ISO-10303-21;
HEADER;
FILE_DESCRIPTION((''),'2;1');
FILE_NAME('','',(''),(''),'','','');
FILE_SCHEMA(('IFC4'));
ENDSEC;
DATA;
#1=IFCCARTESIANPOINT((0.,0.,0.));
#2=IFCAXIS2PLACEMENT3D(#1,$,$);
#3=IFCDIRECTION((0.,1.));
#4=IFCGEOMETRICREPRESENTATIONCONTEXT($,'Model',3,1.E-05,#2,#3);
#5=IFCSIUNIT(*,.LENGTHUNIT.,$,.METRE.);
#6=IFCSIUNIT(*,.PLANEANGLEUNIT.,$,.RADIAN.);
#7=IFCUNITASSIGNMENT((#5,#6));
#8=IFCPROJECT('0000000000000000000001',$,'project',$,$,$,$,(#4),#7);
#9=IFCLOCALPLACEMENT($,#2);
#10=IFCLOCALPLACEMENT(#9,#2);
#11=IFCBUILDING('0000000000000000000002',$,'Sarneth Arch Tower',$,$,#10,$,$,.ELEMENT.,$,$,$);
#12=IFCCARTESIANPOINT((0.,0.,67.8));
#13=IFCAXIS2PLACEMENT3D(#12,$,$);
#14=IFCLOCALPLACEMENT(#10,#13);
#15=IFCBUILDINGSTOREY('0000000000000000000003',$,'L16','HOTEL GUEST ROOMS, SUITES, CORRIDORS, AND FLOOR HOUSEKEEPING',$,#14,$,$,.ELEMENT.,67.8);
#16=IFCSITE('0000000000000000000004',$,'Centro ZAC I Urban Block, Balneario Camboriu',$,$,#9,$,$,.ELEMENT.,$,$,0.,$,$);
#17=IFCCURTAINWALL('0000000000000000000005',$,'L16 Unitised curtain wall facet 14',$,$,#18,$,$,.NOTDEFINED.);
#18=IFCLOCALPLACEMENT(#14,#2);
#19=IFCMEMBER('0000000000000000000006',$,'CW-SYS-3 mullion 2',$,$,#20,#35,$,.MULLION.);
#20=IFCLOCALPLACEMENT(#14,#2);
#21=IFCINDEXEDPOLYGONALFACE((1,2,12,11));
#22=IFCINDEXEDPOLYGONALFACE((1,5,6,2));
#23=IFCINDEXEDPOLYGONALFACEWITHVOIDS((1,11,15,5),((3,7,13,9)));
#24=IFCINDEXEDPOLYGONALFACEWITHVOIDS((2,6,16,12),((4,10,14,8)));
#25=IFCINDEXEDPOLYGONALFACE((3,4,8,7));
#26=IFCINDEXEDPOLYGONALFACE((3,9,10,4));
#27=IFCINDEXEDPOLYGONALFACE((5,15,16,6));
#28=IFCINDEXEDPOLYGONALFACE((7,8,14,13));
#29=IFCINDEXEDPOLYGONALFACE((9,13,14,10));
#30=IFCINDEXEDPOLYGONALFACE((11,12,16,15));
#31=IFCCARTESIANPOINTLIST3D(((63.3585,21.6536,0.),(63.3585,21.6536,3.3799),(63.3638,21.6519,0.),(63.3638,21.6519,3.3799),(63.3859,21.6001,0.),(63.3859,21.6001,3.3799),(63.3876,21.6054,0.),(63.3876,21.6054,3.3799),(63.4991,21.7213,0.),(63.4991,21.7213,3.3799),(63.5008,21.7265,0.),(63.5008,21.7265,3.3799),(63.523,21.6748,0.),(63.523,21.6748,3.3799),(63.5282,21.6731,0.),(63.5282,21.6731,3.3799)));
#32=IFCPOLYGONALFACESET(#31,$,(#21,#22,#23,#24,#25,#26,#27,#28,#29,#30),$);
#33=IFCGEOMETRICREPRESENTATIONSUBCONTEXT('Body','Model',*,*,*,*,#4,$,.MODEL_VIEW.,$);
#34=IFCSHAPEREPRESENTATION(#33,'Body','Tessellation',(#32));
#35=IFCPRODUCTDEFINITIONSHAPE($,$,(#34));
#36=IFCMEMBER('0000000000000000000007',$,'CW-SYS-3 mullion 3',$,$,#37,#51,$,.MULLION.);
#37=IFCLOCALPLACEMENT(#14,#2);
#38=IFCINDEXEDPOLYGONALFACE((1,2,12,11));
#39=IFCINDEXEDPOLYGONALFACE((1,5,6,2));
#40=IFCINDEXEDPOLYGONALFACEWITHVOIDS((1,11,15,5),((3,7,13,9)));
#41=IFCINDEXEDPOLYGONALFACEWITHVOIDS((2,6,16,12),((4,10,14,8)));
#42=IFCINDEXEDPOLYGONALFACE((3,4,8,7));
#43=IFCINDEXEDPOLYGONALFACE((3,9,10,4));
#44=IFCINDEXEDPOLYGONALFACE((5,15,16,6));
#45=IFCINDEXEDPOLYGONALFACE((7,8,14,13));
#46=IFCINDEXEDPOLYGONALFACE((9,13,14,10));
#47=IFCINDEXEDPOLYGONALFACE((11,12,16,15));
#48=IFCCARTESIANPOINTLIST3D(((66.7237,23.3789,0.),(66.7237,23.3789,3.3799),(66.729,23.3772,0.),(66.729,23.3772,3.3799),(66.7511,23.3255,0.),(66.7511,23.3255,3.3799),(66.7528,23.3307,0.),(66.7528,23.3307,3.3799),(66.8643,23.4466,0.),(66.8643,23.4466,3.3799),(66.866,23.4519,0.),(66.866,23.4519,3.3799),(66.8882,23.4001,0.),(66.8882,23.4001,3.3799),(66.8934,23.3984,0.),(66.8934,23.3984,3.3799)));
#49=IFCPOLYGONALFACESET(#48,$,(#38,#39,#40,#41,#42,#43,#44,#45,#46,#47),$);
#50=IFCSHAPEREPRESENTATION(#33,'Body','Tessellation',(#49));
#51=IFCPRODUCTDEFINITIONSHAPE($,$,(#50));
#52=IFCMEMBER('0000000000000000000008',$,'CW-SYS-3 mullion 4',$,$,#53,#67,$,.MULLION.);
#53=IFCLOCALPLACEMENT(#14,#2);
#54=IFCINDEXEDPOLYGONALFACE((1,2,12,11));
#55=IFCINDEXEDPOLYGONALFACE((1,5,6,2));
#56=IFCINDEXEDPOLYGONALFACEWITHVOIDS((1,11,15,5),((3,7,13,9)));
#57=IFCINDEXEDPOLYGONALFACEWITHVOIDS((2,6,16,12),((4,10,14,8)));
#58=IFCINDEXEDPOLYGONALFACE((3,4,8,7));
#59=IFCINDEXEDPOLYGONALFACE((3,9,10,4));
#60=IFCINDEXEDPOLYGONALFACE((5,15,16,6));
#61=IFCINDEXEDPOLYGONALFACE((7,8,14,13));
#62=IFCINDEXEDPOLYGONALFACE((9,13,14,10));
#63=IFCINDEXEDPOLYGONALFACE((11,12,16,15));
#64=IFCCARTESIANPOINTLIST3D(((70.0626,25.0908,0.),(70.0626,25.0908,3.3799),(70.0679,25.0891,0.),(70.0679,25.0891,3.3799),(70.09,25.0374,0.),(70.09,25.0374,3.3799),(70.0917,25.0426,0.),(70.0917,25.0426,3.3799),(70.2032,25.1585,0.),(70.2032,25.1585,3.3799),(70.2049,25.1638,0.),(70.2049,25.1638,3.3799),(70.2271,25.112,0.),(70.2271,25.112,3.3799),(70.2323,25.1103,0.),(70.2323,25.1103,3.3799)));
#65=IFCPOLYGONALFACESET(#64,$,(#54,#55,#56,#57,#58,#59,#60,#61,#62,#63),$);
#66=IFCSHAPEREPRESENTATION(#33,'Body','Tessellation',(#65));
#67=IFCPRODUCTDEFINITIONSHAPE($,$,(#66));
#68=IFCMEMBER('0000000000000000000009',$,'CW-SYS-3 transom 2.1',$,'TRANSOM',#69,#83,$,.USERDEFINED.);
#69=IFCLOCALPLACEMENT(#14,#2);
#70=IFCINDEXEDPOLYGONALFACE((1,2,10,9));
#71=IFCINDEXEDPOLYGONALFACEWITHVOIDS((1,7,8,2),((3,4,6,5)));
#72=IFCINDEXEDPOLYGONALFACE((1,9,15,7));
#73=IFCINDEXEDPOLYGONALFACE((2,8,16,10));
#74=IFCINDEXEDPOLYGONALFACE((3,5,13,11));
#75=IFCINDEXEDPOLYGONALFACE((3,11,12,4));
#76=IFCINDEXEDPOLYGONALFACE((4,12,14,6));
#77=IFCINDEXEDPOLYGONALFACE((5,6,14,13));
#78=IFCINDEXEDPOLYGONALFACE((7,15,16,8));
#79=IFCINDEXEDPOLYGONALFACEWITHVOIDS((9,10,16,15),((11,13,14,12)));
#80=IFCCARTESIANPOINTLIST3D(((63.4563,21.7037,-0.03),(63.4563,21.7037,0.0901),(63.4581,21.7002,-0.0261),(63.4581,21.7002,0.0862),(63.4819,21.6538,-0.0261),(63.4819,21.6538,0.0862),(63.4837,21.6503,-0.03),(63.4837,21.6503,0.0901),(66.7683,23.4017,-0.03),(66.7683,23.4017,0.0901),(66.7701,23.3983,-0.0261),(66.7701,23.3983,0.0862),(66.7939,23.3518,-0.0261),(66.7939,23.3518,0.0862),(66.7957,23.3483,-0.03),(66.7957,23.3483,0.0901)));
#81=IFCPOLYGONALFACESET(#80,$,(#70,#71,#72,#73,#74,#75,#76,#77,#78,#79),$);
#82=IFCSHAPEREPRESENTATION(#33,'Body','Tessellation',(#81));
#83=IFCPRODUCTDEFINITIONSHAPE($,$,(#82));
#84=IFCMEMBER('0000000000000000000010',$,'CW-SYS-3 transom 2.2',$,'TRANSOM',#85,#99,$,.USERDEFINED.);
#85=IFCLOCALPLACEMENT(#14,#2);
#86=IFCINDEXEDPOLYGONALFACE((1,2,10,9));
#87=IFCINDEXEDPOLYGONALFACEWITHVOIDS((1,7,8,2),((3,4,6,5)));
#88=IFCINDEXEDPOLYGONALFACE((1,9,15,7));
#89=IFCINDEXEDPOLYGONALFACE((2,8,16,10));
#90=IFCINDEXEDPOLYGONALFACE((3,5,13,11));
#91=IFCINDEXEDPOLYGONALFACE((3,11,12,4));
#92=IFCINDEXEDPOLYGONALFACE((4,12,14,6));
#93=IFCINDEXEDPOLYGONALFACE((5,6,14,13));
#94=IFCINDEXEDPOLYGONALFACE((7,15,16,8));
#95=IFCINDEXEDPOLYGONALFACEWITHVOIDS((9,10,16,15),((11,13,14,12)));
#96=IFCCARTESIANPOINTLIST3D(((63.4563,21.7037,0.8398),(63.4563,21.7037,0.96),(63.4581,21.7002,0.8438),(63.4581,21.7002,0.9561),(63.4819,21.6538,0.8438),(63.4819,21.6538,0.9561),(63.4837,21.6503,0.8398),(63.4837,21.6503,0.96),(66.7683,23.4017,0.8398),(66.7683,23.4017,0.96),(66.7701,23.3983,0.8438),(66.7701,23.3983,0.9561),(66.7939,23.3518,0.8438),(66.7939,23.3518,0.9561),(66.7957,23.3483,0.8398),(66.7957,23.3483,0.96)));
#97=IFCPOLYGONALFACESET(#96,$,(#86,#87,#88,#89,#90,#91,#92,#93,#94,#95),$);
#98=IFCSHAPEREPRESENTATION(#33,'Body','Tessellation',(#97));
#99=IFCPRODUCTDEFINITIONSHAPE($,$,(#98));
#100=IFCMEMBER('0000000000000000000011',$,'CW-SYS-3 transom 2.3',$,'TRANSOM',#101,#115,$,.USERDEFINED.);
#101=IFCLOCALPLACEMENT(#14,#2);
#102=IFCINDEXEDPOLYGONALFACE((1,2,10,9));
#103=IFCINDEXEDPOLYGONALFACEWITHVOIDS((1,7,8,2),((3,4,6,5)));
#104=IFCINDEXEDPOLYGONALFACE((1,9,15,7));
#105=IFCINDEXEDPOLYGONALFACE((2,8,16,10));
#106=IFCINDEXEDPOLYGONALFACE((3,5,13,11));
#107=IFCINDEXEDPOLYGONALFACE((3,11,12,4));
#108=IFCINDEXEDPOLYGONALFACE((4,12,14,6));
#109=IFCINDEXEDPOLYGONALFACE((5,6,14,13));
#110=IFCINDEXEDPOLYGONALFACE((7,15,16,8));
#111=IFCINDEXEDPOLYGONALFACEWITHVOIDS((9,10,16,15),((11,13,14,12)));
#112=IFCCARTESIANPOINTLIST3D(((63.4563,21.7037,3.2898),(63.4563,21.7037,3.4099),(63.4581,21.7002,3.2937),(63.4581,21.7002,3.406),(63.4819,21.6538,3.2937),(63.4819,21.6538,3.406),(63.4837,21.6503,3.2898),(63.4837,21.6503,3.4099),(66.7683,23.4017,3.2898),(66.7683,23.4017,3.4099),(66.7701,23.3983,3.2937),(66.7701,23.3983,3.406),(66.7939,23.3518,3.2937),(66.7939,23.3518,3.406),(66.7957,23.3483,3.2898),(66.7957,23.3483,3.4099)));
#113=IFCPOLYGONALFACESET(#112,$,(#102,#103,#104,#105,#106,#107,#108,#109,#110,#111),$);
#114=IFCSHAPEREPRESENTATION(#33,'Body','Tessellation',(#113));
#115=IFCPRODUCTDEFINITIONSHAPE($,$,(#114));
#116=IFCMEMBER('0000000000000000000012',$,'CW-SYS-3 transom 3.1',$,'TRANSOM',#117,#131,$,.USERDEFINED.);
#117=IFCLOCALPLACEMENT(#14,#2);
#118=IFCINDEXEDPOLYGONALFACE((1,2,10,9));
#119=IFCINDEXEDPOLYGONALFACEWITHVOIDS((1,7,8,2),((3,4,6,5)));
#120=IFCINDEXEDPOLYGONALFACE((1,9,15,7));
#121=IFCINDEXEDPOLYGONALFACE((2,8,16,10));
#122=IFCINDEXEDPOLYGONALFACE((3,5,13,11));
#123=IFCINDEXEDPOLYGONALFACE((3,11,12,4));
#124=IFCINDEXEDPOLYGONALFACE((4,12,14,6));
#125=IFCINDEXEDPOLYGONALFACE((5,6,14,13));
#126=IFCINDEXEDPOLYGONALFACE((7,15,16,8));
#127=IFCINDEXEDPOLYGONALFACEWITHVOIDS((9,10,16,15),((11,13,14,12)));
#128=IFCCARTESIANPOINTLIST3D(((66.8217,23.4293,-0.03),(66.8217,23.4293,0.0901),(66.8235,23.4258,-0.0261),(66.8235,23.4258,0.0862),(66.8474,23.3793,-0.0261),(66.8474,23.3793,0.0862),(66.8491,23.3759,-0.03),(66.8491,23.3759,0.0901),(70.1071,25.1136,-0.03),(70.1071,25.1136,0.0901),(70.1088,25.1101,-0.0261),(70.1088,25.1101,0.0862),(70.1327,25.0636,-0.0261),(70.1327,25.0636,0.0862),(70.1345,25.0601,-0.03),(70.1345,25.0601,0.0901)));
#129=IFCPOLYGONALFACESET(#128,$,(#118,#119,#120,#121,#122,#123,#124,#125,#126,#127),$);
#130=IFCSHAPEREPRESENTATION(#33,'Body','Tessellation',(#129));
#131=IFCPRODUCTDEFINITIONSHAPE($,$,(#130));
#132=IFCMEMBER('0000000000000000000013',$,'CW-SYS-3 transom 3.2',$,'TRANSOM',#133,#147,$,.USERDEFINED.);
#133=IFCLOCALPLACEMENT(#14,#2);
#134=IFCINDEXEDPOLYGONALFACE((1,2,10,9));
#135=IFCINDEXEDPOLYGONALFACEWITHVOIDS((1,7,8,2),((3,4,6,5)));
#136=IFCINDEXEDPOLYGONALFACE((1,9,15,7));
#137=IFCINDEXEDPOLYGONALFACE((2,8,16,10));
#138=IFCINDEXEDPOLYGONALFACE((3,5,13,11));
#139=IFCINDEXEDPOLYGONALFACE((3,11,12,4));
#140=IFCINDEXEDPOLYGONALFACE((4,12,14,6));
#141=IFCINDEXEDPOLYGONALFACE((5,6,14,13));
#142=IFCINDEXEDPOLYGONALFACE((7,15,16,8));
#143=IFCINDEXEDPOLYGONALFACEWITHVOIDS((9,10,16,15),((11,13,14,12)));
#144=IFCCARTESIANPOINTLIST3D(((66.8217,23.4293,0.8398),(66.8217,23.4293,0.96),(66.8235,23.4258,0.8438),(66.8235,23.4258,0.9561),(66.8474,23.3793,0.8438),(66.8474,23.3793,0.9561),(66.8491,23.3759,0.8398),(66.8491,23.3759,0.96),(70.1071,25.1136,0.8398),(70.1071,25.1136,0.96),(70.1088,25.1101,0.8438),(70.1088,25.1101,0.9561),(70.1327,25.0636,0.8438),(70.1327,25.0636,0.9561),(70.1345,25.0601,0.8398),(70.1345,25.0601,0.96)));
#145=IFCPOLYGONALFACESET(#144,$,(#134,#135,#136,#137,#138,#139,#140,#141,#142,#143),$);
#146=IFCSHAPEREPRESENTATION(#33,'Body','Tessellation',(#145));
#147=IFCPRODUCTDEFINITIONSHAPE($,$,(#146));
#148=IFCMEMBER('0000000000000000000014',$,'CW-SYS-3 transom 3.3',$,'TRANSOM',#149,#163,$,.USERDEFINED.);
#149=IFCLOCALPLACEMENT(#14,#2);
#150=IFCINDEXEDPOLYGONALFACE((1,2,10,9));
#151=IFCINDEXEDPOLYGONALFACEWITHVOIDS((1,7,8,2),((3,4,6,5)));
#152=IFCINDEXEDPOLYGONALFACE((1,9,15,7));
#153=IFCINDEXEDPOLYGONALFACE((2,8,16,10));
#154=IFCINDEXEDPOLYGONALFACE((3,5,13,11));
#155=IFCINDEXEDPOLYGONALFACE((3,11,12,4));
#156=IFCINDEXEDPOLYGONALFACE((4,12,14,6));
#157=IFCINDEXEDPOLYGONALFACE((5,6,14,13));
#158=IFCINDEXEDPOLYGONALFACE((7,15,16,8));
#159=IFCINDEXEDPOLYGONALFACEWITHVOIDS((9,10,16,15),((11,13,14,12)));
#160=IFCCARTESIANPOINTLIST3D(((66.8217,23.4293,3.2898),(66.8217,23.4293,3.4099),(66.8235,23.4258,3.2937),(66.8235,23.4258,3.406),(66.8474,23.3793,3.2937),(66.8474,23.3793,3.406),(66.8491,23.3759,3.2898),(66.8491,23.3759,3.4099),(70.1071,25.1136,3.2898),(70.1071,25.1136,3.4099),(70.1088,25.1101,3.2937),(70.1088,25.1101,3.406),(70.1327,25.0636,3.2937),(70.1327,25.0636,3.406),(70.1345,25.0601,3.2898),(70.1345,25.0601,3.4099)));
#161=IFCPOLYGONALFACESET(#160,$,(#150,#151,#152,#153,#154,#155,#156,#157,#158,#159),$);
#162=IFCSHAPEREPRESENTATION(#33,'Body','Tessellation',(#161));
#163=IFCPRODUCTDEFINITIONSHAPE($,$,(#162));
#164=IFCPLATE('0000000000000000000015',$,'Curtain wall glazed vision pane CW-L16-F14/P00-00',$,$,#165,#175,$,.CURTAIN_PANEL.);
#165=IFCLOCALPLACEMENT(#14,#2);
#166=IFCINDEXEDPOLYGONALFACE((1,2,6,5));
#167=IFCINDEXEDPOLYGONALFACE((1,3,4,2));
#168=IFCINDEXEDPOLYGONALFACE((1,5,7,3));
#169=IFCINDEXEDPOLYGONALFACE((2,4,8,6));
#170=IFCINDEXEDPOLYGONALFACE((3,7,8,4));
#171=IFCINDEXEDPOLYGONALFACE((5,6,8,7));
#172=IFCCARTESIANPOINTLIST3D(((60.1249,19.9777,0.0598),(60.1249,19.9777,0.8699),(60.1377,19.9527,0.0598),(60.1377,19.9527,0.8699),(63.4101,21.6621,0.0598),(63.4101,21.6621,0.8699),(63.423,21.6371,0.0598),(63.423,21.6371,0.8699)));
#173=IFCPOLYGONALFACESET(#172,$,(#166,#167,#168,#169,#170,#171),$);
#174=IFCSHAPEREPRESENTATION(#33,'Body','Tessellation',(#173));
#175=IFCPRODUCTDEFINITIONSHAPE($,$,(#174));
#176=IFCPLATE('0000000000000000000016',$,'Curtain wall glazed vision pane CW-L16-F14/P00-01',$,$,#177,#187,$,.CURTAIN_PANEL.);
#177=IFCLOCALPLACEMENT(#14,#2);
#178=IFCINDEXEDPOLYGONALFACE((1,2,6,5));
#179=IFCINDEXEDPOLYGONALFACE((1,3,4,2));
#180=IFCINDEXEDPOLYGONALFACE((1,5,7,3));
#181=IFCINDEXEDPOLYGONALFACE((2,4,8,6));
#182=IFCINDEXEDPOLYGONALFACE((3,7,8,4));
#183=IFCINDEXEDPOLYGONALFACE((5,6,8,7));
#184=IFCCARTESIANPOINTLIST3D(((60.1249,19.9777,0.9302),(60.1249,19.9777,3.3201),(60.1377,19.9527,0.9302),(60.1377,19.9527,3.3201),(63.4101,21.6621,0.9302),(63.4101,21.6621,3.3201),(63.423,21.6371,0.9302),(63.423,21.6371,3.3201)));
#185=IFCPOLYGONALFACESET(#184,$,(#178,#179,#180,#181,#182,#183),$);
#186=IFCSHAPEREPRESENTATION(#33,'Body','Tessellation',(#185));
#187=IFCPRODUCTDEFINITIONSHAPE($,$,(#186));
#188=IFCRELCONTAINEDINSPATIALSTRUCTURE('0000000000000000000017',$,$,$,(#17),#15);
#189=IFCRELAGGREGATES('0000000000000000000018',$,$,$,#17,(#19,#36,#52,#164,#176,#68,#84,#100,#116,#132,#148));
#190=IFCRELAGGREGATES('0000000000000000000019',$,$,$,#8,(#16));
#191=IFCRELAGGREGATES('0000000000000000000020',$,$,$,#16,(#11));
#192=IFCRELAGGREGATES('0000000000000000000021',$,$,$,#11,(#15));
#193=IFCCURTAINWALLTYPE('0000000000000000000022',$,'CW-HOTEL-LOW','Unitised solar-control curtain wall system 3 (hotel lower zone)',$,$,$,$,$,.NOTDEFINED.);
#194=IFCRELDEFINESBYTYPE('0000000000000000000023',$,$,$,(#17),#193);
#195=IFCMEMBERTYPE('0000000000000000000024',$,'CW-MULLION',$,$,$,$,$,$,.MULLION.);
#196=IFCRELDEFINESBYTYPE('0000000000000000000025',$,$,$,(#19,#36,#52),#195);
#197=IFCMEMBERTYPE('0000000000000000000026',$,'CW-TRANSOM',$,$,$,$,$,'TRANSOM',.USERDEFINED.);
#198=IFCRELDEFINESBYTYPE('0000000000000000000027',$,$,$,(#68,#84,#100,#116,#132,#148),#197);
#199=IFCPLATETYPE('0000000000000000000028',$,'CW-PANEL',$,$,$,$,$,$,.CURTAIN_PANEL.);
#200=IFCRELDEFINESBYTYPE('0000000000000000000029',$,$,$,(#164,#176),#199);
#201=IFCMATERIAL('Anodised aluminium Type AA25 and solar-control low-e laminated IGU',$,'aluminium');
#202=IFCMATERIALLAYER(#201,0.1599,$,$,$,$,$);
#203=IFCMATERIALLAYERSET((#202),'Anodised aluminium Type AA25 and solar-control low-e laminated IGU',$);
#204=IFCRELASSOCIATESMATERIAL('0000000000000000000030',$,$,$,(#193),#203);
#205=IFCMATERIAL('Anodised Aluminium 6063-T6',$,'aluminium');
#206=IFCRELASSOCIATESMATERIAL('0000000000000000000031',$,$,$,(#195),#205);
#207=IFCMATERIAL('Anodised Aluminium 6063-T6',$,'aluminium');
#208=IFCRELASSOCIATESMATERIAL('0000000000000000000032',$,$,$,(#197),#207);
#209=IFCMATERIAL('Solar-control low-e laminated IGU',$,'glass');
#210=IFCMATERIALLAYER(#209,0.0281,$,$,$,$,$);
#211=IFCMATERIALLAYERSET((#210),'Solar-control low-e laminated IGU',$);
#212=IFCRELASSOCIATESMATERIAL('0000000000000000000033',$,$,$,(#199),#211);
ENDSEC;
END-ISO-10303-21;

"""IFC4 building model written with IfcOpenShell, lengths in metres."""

from ifc_helpers import new_model, si_unit, direction, frame, origin, origin_2d, place, context, subcontext, project, spatial, rectangle, hollow_rectangle, extrude, material, layer, layer_set, material_profile, profile_set, type_object, element, aggregate, save


model = new_model("IFC4")

# Units and contexts
model_context = context("Model", 3, precision=1e-05, world=origin(), true_north=direction((0.0, 1.0)))
body_context = subcontext(model_context, "Body", "Model", "MODEL_VIEW")
ifc_project = project(units=[si_unit("LENGTHUNIT", "METRE"), si_unit("PLANEANGLEUNIT", "RADIAN")], contexts=[model_context])

# Site, building, storey
site_placement = place(None, origin())
site = spatial("IfcSite", under=ifc_project, at=site_placement, Name="Centro ZAC I Urban Block, Balneario Camboriu", CompositionType="ELEMENT", RefElevation=0.0)
building_placement = place(site_placement, origin())
building = spatial("IfcBuilding", under=site, at=building_placement, Name="Sarneth Arch Tower", CompositionType="ELEMENT")
storey_placement = place(building_placement, frame((0.0, 0.0, 67.8)))
storey = spatial("IfcBuildingStorey", under=building, at=storey_placement, Name="L16", Description="HOTEL GUEST ROOMS, SUITES, CORRIDORS, AND FLOOR HOUSEKEEPING", CompositionType="ELEMENT", Elevation=67.8)

# Curtain wall, members, plates
ifc_material_1 = material(Name="Anodised aluminium Type AA25 and solar-control low-e laminated IGU", Category="aluminium")
ifc_layer_1 = layer(ifc_material_1, 0.1599)
ifc_layer_set_1 = layer_set([ifc_layer_1], Name="Anodised aluminium Type AA25 and solar-control low-e laminated IGU")
curtain_wall_type = type_object("IfcCurtainWallType", Name="CW-HOTEL-LOW", Description="Unitised solar-control curtain wall system 3 (hotel lower zone)", PredefinedType="NOTDEFINED", material=ifc_layer_set_1)
curtain_wall_placement = place(storey_placement, origin())
curtain_wall = element("IfcCurtainWall", 1, at=curtain_wall_placement, inside=storey, type_object=curtain_wall_type, Name="L16 Unitised curtain wall facet 14", PredefinedType="NOTDEFINED")
ifc_material_2 = material(Name="Anodised Aluminium 6063-T6", Category="aluminium")
ifc_material_profile_1 = material_profile(ifc_material_2, hollow_rectangle(XDim=0.0601, YDim=0.1599, WallThickness=0.0039, at=origin_2d()), Name="AL-MULL-160x60x4")
ifc_profile_set_1 = profile_set([ifc_material_profile_1], Name="Anodised Aluminium 6063-T6")
member_type_1 = type_object("IfcMemberType", Name="CW-MULLION", PredefinedType="MULLION", material=ifc_profile_set_1)
member_1_placement = place(storey_placement, frame((63.4434, 21.6633, 0.0), z_axis=(0.0, 0.0, 1.0), x_axis=(-0.456245, 0.889854, 0.0)))
member_1 = element("IfcMember", 2, at=member_1_placement, type_object=member_type_1, Name="CW-SYS-3 mullion 2", PredefinedType="MULLION", context=body_context, shape_type="SweptSolid", body=[
    extrude(hollow_rectangle(XDim=0.0601, YDim=0.1599, WallThickness=0.0039, at=origin_2d()), origin(), (0.0, 0.0, 1.0), 3.3799),
])
member_2_placement = place(storey_placement, frame((66.8086, 23.3887, 0.0), z_axis=(0.0, 0.0, 1.0), x_axis=(-0.456245, 0.889854, 0.0)))
member_2 = element("IfcMember", 3, at=member_2_placement, type_object=member_type_1, Name="CW-SYS-3 mullion 3", PredefinedType="MULLION", context=body_context, shape_type="SweptSolid", body=[
    extrude(hollow_rectangle(XDim=0.0601, YDim=0.1599, WallThickness=0.0039, at=origin_2d()), origin(), (0.0, 0.0, 1.0), 3.3799),
])
member_3_placement = place(storey_placement, frame((70.1475, 25.1006, 0.0), z_axis=(0.0, 0.0, 1.0), x_axis=(-0.456245, 0.889854, 0.0)))
member_3 = element("IfcMember", 4, at=member_3_placement, type_object=member_type_1, Name="CW-SYS-3 mullion 4", PredefinedType="MULLION", context=body_context, shape_type="SweptSolid", body=[
    extrude(hollow_rectangle(XDim=0.0601, YDim=0.1599, WallThickness=0.0039, at=origin_2d()), origin(), (0.0, 0.0, 1.0), 3.3799),
])
ifc_material_3 = material(Name="Anodised Aluminium 6063-T6", Category="aluminium")
ifc_material_profile_2 = material_profile(ifc_material_3, hollow_rectangle(XDim=0.0601, YDim=0.1201, WallThickness=0.0039, at=origin_2d()), Name="AL-TRAN-120x60x4")
ifc_profile_set_2 = profile_set([ifc_material_profile_2], Name="Anodised Aluminium 6063-T6")
member_type_2 = type_object("IfcMemberType", Name="CW-TRANSOM", ElementType="TRANSOM", PredefinedType="USERDEFINED", material=ifc_profile_set_2)
member_4_placement = place(storey_placement, frame((63.47, 21.677, 0.03), z_axis=(0.889869, 0.456217, 0.0), x_axis=(-0.456217, 0.889869, 0.0)))
member_4 = element("IfcMember", 5, at=member_4_placement, type_object=member_type_2, Name="CW-SYS-3 transom 2.1", ObjectType="TRANSOM", PredefinedType="USERDEFINED", context=body_context, shape_type="SweptSolid", body=[
    extrude(hollow_rectangle(XDim=0.0601, YDim=0.1201, WallThickness=0.0039, at=origin_2d()), origin(), (0.0, 0.0, 1.0), 3.7219),
])
member_5_placement = place(storey_placement, frame((63.47, 21.677, 0.8999), z_axis=(0.889869, 0.456217, 0.0), x_axis=(-0.456217, 0.889869, 0.0)))
member_5 = element("IfcMember", 6, at=member_5_placement, type_object=member_type_2, Name="CW-SYS-3 transom 2.2", ObjectType="TRANSOM", PredefinedType="USERDEFINED", context=body_context, shape_type="SweptSolid", body=[
    extrude(hollow_rectangle(XDim=0.0601, YDim=0.1201, WallThickness=0.0039, at=origin_2d()), origin(), (0.0, 0.0, 1.0), 3.7219),
])
member_6_placement = place(storey_placement, frame((63.47, 21.677, 3.3499), z_axis=(0.889869, 0.456217, 0.0), x_axis=(-0.456217, 0.889869, 0.0)))
member_6 = element("IfcMember", 7, at=member_6_placement, type_object=member_type_2, Name="CW-SYS-3 transom 2.3", ObjectType="TRANSOM", PredefinedType="USERDEFINED", context=body_context, shape_type="SweptSolid", body=[
    extrude(hollow_rectangle(XDim=0.0601, YDim=0.1201, WallThickness=0.0039, at=origin_2d()), origin(), (0.0, 0.0, 1.0), 3.7219),
])
member_7_placement = place(storey_placement, frame((66.8354, 23.4026, 0.03), z_axis=(0.889872, 0.456211, 0.0), x_axis=(-0.456211, 0.889872, 0.0)))
member_7 = element("IfcMember", 8, at=member_7_placement, type_object=member_type_2, Name="CW-SYS-3 transom 3.1", ObjectType="TRANSOM", PredefinedType="USERDEFINED", context=body_context, shape_type="SweptSolid", body=[
    extrude(hollow_rectangle(XDim=0.0601, YDim=0.1201, WallThickness=0.0039, at=origin_2d()), origin(), (0.0, 0.0, 1.0), 3.6919),
])
member_8_placement = place(storey_placement, frame((66.8354, 23.4026, 0.8999), z_axis=(0.889872, 0.456211, 0.0), x_axis=(-0.456211, 0.889872, 0.0)))
member_8 = element("IfcMember", 9, at=member_8_placement, type_object=member_type_2, Name="CW-SYS-3 transom 3.2", ObjectType="TRANSOM", PredefinedType="USERDEFINED", context=body_context, shape_type="SweptSolid", body=[
    extrude(hollow_rectangle(XDim=0.0601, YDim=0.1201, WallThickness=0.0039, at=origin_2d()), origin(), (0.0, 0.0, 1.0), 3.6919),
])
member_9_placement = place(storey_placement, frame((66.8354, 23.4026, 3.3499), z_axis=(0.889872, 0.456211, 0.0), x_axis=(-0.456211, 0.889872, 0.0)))
member_9 = element("IfcMember", 10, at=member_9_placement, type_object=member_type_2, Name="CW-SYS-3 transom 3.3", ObjectType="TRANSOM", PredefinedType="USERDEFINED", context=body_context, shape_type="SweptSolid", body=[
    extrude(hollow_rectangle(XDim=0.0601, YDim=0.1201, WallThickness=0.0039, at=origin_2d()), origin(), (0.0, 0.0, 1.0), 3.6919),
])
ifc_material_4 = material(Name="Solar-control low-e laminated IGU", Category="glass")
ifc_layer_2 = layer(ifc_material_4, 0.0281)
ifc_layer_set_2 = layer_set([ifc_layer_2], Name="Solar-control low-e laminated IGU")
plate_type_1 = type_object("IfcPlateType", Name="CW-PANEL", PredefinedType="CURTAIN_PANEL", material=ifc_layer_set_2)
plate_1_placement = place(storey_placement, frame((61.7739, 20.8074, 0.0598), z_axis=(0.0, 0.0, 1.0), x_axis=(0.889854, 0.456245, 0.0)))
plate_1 = element("IfcPlate", 11, at=plate_1_placement, type_object=plate_type_1, Name="Curtain wall glazed vision pane CW-L16-F14/P00-00", PredefinedType="CURTAIN_PANEL", context=body_context, shape_type="SweptSolid", body=[
    extrude(rectangle(XDim=3.6919, YDim=0.0281, at=origin_2d()), origin(), (0.0, 0.0, 1.0), 0.8101),
])
plate_2_placement = place(storey_placement, frame((61.7739, 20.8074, 0.9302), z_axis=(0.0, 0.0, 1.0), x_axis=(0.889854, 0.456245, 0.0)))
plate_2 = element("IfcPlate", 12, at=plate_2_placement, type_object=plate_type_1, Name="Curtain wall glazed vision pane CW-L16-F14/P00-01", PredefinedType="CURTAIN_PANEL", context=body_context, shape_type="SweptSolid", body=[
    extrude(rectangle(XDim=3.6919, YDim=0.0281, at=origin_2d()), origin(), (0.0, 0.0, 1.0), 2.3899),
])
aggregate(curtain_wall, [member_1, member_2, member_3, plate_1, plate_2, member_4, member_5, member_6, member_7, member_8, member_9])

save(model, "model.ifc")
